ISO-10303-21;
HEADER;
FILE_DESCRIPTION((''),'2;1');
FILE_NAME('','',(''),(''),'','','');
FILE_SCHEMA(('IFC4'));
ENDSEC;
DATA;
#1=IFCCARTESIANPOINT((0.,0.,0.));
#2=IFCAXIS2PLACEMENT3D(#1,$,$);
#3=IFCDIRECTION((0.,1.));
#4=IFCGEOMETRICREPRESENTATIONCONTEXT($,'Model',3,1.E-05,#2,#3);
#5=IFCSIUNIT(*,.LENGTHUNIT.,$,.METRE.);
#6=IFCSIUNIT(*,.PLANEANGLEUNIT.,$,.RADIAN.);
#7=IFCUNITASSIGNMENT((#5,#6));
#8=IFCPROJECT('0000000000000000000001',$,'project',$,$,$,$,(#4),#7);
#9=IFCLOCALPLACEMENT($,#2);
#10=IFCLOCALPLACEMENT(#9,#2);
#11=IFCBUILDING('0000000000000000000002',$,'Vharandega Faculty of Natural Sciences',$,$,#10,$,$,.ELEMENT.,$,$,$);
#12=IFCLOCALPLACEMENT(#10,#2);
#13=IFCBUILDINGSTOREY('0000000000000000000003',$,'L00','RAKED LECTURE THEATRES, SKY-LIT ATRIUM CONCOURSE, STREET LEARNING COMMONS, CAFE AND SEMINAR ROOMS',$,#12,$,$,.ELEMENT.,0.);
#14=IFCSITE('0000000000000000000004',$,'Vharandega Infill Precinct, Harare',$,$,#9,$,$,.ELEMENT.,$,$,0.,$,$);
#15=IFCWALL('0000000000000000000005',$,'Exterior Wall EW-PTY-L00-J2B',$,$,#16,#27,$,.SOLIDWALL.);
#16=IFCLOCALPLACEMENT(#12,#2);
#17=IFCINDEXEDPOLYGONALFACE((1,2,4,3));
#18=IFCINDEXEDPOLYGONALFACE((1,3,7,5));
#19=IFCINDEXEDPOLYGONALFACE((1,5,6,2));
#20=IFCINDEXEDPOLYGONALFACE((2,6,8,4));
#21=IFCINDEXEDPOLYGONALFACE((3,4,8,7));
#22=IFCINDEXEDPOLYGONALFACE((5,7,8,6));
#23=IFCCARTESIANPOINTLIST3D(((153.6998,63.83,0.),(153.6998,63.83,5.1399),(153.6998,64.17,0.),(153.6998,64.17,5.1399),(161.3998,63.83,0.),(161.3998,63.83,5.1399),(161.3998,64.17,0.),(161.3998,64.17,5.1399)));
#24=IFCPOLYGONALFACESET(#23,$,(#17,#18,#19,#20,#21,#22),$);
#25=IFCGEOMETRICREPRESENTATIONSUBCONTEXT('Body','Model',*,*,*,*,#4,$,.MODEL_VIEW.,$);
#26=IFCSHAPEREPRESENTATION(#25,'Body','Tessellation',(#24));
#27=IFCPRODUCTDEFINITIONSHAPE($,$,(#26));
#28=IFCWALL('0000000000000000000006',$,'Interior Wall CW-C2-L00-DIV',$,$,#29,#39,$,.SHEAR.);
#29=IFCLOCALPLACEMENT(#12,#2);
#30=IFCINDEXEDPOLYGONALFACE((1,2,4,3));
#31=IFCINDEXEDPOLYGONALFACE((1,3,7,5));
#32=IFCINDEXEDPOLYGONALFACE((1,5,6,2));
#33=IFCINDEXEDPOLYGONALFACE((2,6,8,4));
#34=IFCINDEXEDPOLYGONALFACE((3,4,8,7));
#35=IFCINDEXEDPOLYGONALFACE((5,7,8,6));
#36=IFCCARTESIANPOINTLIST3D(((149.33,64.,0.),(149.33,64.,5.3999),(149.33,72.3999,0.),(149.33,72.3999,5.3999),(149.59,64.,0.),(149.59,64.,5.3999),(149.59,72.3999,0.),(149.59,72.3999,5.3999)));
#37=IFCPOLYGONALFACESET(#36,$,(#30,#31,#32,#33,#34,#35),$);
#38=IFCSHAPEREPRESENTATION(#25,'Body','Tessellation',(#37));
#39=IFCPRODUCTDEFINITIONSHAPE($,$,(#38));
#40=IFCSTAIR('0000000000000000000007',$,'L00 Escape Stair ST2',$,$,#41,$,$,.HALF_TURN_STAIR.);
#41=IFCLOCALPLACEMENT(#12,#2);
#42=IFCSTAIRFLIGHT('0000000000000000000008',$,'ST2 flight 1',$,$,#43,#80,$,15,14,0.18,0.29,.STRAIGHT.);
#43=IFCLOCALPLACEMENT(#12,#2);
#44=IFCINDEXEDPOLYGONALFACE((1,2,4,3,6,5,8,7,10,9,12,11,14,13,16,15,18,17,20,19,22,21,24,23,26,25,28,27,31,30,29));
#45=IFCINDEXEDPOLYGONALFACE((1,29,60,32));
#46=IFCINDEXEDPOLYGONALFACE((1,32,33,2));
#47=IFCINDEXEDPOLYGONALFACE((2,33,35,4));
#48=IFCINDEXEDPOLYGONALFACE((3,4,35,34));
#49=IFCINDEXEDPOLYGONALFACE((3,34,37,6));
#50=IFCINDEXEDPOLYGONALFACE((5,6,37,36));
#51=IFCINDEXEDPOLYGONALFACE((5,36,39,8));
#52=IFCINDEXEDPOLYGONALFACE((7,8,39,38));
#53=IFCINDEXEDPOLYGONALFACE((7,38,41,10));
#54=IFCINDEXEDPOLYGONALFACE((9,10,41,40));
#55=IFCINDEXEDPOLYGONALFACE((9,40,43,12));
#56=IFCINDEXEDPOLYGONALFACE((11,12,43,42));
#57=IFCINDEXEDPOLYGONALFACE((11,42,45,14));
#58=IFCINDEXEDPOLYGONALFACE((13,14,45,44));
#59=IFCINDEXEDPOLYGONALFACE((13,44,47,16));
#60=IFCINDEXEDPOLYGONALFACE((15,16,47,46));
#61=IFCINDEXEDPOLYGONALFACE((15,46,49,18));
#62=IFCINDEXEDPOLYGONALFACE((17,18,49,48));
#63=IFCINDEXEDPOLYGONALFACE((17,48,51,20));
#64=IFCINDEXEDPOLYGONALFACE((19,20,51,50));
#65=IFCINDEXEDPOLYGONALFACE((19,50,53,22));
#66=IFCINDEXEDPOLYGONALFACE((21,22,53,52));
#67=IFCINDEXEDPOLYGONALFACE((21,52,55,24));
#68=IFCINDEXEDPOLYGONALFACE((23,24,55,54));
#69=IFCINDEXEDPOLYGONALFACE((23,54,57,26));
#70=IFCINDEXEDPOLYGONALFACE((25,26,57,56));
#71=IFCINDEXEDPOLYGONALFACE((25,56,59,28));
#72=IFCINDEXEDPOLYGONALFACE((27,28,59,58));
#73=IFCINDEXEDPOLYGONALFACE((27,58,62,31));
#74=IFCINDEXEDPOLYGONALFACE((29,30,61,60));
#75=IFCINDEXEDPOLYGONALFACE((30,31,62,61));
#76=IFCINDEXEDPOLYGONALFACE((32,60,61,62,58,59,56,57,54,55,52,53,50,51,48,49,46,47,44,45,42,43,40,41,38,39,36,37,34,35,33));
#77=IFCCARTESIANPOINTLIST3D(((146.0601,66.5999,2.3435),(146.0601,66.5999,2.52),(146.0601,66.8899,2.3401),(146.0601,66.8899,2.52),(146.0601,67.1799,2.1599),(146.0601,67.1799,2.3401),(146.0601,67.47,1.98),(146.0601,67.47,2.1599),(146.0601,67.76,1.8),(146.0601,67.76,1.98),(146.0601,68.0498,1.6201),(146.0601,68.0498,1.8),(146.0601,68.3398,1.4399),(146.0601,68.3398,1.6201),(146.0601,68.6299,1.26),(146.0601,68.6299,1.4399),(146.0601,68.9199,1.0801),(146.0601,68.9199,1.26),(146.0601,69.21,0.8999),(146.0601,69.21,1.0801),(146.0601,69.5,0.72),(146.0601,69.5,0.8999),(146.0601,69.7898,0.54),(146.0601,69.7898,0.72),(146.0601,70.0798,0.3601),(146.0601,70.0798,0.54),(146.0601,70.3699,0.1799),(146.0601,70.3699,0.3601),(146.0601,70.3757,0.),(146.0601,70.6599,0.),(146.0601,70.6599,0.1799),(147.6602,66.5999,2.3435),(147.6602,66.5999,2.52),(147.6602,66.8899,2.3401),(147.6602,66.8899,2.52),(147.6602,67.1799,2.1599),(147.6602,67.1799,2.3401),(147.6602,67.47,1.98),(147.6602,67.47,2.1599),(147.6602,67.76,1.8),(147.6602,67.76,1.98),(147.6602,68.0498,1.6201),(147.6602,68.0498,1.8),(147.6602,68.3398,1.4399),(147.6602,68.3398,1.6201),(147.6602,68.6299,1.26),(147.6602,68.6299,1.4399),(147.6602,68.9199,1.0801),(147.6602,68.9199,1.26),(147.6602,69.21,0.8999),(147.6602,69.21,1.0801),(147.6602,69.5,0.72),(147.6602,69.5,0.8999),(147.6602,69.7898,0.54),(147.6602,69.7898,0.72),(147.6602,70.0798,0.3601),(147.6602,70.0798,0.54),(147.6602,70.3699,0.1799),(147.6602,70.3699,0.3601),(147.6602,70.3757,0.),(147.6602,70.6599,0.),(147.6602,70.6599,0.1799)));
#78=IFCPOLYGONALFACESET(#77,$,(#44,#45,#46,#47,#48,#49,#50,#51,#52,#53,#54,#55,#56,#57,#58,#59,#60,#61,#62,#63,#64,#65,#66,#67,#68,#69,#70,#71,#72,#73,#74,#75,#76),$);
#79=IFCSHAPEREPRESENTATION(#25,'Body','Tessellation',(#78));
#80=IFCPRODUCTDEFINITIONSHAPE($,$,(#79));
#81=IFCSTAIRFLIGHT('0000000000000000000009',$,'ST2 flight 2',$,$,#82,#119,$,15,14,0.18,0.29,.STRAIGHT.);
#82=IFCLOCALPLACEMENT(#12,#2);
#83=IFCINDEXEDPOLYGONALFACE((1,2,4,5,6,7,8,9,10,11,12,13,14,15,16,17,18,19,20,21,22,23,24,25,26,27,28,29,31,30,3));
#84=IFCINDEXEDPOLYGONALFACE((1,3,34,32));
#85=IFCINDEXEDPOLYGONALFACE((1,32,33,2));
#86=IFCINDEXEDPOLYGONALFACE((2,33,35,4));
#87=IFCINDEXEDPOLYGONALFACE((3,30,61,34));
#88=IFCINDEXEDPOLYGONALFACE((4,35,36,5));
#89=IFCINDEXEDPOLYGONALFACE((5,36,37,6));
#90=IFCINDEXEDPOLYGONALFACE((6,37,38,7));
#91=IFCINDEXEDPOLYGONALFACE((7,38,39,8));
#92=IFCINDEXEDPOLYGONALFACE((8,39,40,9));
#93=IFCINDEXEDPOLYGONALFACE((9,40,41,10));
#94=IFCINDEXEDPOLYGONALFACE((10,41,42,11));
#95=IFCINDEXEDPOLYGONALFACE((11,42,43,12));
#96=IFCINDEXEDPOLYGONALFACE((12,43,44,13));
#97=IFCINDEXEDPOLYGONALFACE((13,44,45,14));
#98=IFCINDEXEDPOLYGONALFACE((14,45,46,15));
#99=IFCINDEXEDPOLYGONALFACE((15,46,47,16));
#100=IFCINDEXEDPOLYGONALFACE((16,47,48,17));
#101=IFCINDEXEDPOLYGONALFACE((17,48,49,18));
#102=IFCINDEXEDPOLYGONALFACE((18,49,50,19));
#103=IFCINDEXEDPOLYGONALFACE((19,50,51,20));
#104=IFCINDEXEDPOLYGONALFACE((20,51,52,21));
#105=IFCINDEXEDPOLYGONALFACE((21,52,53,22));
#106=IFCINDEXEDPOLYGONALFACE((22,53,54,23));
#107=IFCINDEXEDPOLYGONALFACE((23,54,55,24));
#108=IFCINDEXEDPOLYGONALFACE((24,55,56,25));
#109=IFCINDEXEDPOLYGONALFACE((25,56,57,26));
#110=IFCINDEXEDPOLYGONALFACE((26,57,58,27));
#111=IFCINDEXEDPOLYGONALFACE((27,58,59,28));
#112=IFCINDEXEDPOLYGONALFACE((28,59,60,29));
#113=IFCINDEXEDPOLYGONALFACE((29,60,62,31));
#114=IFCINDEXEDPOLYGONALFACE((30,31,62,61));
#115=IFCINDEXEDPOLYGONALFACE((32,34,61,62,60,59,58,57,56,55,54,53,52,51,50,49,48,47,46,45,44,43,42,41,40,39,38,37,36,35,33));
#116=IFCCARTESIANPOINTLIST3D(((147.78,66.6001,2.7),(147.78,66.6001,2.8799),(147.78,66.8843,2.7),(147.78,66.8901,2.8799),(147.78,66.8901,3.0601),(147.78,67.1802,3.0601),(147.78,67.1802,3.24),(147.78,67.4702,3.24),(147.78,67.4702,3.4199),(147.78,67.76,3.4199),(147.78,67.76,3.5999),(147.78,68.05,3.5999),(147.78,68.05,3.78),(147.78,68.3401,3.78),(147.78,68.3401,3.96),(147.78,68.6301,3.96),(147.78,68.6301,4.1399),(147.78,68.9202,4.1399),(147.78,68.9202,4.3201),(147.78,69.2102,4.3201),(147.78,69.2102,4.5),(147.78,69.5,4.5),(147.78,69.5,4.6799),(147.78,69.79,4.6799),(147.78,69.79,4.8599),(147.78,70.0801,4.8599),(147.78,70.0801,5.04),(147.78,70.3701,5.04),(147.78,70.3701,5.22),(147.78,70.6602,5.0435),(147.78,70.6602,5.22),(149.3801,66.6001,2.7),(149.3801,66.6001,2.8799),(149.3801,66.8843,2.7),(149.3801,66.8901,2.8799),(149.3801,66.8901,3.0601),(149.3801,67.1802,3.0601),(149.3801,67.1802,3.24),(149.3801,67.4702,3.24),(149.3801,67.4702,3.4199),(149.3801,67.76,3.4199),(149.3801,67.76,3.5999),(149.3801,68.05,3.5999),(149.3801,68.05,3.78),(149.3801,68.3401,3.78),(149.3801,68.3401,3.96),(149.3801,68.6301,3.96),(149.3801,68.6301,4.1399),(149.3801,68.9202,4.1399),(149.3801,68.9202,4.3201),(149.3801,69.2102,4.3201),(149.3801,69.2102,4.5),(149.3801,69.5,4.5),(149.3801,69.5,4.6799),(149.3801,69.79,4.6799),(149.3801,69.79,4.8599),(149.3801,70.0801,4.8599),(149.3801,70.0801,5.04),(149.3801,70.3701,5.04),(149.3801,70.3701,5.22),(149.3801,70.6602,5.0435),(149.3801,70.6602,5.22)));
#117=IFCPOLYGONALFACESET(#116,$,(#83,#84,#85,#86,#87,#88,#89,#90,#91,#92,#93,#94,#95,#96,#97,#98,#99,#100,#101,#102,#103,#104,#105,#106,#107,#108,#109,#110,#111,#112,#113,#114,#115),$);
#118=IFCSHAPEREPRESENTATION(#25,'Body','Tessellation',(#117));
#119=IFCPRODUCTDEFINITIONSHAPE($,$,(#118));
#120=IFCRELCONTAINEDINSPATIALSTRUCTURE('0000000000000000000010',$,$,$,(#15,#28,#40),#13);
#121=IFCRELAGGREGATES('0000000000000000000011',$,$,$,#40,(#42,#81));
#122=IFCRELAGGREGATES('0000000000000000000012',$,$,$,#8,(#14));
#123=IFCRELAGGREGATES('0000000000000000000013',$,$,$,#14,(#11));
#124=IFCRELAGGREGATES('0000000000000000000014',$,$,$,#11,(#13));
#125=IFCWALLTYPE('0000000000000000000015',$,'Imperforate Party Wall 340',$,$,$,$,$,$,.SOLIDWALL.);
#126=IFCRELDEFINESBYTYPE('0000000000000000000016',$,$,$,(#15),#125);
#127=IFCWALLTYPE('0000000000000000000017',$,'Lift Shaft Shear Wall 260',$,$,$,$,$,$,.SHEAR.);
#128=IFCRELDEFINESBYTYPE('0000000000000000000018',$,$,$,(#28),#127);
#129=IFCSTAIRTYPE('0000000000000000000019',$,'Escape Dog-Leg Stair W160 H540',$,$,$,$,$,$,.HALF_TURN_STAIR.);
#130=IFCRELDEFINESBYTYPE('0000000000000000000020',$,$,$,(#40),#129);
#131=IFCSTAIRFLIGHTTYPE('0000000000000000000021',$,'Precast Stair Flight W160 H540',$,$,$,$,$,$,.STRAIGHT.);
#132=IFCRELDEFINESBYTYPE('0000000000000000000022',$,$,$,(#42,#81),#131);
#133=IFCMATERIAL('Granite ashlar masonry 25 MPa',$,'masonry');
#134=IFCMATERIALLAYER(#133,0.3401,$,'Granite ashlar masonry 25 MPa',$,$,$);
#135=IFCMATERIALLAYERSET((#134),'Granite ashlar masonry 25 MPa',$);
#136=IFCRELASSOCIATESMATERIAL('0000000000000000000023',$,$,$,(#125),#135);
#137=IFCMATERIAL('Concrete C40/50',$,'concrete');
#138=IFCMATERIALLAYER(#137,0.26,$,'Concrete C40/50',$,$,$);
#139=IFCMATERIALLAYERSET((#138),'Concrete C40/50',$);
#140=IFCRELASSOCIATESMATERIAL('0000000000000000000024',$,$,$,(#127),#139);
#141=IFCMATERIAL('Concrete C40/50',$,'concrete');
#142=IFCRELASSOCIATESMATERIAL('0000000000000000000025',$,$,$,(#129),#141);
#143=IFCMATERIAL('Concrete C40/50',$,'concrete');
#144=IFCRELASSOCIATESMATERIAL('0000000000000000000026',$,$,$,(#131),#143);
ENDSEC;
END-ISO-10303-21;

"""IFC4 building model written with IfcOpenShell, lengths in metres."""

from ifc_helpers import new_model, si_unit, direction, frame, frame_2d, origin, place, context, subcontext, project, spatial, polyline, rectangle, outline, extrude, material, layer, layer_set, type_object, element, aggregate, save


model = new_model("IFC4")

# Units and contexts
model_context = context("Model", 3, precision=1e-05, world=origin(), true_north=direction((0.0, 1.0)))
body_context = subcontext(model_context, "Body", "Model", "MODEL_VIEW")
ifc_project = project(units=[si_unit("LENGTHUNIT", "METRE"), si_unit("PLANEANGLEUNIT", "RADIAN")], contexts=[model_context])

# Site, building, storey
site_placement = place(None, origin())
site = spatial("IfcSite", under=ifc_project, at=site_placement, Name="Vharandega Infill Precinct, Harare", CompositionType="ELEMENT", RefElevation=0.0)
building_placement = place(site_placement, origin())
building = spatial("IfcBuilding", under=site, at=building_placement, Name="Vharandega Faculty of Natural Sciences", CompositionType="ELEMENT")
storey_placement = place(building_placement, origin())
storey = spatial("IfcBuildingStorey", under=building, at=storey_placement, Name="L00", Description="RAKED LECTURE THEATRES, SKY-LIT ATRIUM CONCOURSE, STREET LEARNING COMMONS, CAFE AND SEMINAR ROOMS", CompositionType="ELEMENT", Elevation=0.0)

# Walls
ifc_material_1 = material(Name="Granite ashlar masonry 25 MPa", Category="masonry")
ifc_layer_1 = layer(ifc_material_1, 0.3401, Name="Granite ashlar masonry 25 MPa")
ifc_layer_set_1 = layer_set([ifc_layer_1], Name="Granite ashlar masonry 25 MPa")
wall_type_1 = type_object("IfcWallType", Name="Imperforate Party Wall 340", PredefinedType="SOLIDWALL", material=ifc_layer_set_1)
wall_1_placement = place(storey_placement, frame((161.3999, 64.0, 0.0), z_axis=(0.0, 0.0, 1.0), x_axis=(-1.0, 0.0, 0.0)))
element("IfcWall", 1, at=wall_1_placement, inside=storey, type_object=wall_type_1, Name="Exterior Wall EW-PTY-L00-J2B", PredefinedType="SOLIDWALL", context=body_context, shape_type="SweptSolid", body=[
    extrude(rectangle(XDim=7.7, YDim=0.3401, at=frame_2d((3.8501, 0.0))), origin(), (0.0, 0.0, 1.0), 5.1399),
])
ifc_material_2 = material(Name="Concrete C40/50", Category="concrete")
ifc_layer_2 = layer(ifc_material_2, 0.26, Name="Concrete C40/50")
ifc_layer_set_2 = layer_set([ifc_layer_2], Name="Concrete C40/50")
wall_type_2 = type_object("IfcWallType", Name="Lift Shaft Shear Wall 260", PredefinedType="SHEAR", material=ifc_layer_set_2)
wall_2_placement = place(storey_placement, frame((149.46, 64.0, 0.0), z_axis=(0.0, 0.0, 1.0), x_axis=(0.0, 1.0, 0.0)))
element("IfcWall", 2, at=wall_2_placement, inside=storey, type_object=wall_type_2, Name="Interior Wall CW-C2-L00-DIV", PredefinedType="SHEAR", context=body_context, shape_type="SweptSolid", body=[
    extrude(rectangle(XDim=8.3999, YDim=0.26, at=frame_2d((4.2, 0.0))), origin(), (0.0, 0.0, 1.0), 5.3999),
])

# Stair, stair flights
ifc_material_3 = material(Name="Concrete C40/50", Category="concrete")
stair_type = type_object("IfcStairType", Name="Escape Dog-Leg Stair W160 H540", PredefinedType="HALF_TURN_STAIR", material=ifc_material_3)
stair_placement = place(storey_placement, origin())
stair = element("IfcStair", 3, at=stair_placement, inside=storey, type_object=stair_type, Name="L00 Escape Stair ST2", PredefinedType="HALF_TURN_STAIR")
ifc_material_4 = material(Name="Concrete C40/50", Category="concrete")
stair_flight_type = type_object("IfcStairFlightType", Name="Precast Stair Flight W160 H540", PredefinedType="STRAIGHT", material=ifc_material_4)
stair_flight_1_placement = place(storey_placement, frame((146.8601, 70.6599, 0.0), z_axis=(0.0, 0.0, 1.0), x_axis=(0.0, -1.0, 0.0)))
stair_flight_1 = element("IfcStairFlight", 4, at=stair_flight_1_placement, type_object=stair_flight_type, Name="ST2 flight 1", NumberOfRisers=15, NumberOfTreads=14, PredefinedType="STRAIGHT", RiserHeight=0.18, TreadLength=0.29, context=body_context, shape_type="SweptSolid", body=[
    extrude(outline(polyline([(0.0, 0.0), (0.0, 0.1799), (0.29, 0.1799), (0.29, 0.3601), (0.5801, 0.3601), (0.5801, 0.54), (0.8701, 0.54), (0.8701, 0.72), (1.1599, 0.72), (1.1599, 0.8999), (1.45, 0.8999), (1.45, 1.0801), (1.74, 1.0801), (1.74, 1.26), (2.03, 1.26), (2.03, 1.4399), (2.3201, 1.4399), (2.3201, 1.6201), (2.6101, 1.6201), (2.6101, 1.8), (2.8999, 1.8), (2.8999, 1.98), (3.1899, 1.98), (3.1899, 2.1599), (3.48, 2.1599), (3.48, 2.3401), (3.77, 2.3401), (3.77, 2.52), (4.0601, 2.52), (4.0601, 2.7), (4.0601, 2.3435), (0.2842, 0.0), (0.0, 0.0)])), frame((0.0, 0.8, 0.0), z_axis=(0.0, -1.0, 0.0), x_axis=(1.0, 0.0, 0.0)), (0.0, 0.0, 1.0), 1.6001),
])
stair_flight_2_placement = place(storey_placement, frame((148.5801, 66.6001, 2.7), z_axis=(0.0, 0.0, 1.0), x_axis=(0.0, 1.0, 0.0)))
stair_flight_2 = element("IfcStairFlight", 5, at=stair_flight_2_placement, type_object=stair_flight_type, Name="ST2 flight 2", NumberOfRisers=15, NumberOfTreads=14, PredefinedType="STRAIGHT", RiserHeight=0.18, TreadLength=0.29, context=body_context, shape_type="SweptSolid", body=[
    extrude(outline(polyline([(0.0, 0.0), (0.0, 0.1799), (0.29, 0.1799), (0.29, 0.3601), (0.5801, 0.3601), (0.5801, 0.54), (0.8701, 0.54), (0.8701, 0.72), (1.1599, 0.72), (1.1599, 0.8999), (1.45, 0.8999), (1.45, 1.0801), (1.74, 1.0801), (1.74, 1.26), (2.03, 1.26), (2.03, 1.4399), (2.3201, 1.4399), (2.3201, 1.6201), (2.6101, 1.6201), (2.6101, 1.8), (2.8999, 1.8), (2.8999, 1.98), (3.1899, 1.98), (3.1899, 2.1599), (3.48, 2.1599), (3.48, 2.3401), (3.77, 2.3401), (3.77, 2.52), (4.0601, 2.52), (4.0601, 2.7), (4.0601, 2.3435), (0.2842, 0.0), (0.0, 0.0)])), frame((0.0, 0.8, 0.0), z_axis=(0.0, -1.0, 0.0), x_axis=(1.0, 0.0, 0.0)), (0.0, 0.0, 1.0), 1.6001),
])
aggregate(stair, [stair_flight_1, stair_flight_2])

save(model, "model.ifc")
